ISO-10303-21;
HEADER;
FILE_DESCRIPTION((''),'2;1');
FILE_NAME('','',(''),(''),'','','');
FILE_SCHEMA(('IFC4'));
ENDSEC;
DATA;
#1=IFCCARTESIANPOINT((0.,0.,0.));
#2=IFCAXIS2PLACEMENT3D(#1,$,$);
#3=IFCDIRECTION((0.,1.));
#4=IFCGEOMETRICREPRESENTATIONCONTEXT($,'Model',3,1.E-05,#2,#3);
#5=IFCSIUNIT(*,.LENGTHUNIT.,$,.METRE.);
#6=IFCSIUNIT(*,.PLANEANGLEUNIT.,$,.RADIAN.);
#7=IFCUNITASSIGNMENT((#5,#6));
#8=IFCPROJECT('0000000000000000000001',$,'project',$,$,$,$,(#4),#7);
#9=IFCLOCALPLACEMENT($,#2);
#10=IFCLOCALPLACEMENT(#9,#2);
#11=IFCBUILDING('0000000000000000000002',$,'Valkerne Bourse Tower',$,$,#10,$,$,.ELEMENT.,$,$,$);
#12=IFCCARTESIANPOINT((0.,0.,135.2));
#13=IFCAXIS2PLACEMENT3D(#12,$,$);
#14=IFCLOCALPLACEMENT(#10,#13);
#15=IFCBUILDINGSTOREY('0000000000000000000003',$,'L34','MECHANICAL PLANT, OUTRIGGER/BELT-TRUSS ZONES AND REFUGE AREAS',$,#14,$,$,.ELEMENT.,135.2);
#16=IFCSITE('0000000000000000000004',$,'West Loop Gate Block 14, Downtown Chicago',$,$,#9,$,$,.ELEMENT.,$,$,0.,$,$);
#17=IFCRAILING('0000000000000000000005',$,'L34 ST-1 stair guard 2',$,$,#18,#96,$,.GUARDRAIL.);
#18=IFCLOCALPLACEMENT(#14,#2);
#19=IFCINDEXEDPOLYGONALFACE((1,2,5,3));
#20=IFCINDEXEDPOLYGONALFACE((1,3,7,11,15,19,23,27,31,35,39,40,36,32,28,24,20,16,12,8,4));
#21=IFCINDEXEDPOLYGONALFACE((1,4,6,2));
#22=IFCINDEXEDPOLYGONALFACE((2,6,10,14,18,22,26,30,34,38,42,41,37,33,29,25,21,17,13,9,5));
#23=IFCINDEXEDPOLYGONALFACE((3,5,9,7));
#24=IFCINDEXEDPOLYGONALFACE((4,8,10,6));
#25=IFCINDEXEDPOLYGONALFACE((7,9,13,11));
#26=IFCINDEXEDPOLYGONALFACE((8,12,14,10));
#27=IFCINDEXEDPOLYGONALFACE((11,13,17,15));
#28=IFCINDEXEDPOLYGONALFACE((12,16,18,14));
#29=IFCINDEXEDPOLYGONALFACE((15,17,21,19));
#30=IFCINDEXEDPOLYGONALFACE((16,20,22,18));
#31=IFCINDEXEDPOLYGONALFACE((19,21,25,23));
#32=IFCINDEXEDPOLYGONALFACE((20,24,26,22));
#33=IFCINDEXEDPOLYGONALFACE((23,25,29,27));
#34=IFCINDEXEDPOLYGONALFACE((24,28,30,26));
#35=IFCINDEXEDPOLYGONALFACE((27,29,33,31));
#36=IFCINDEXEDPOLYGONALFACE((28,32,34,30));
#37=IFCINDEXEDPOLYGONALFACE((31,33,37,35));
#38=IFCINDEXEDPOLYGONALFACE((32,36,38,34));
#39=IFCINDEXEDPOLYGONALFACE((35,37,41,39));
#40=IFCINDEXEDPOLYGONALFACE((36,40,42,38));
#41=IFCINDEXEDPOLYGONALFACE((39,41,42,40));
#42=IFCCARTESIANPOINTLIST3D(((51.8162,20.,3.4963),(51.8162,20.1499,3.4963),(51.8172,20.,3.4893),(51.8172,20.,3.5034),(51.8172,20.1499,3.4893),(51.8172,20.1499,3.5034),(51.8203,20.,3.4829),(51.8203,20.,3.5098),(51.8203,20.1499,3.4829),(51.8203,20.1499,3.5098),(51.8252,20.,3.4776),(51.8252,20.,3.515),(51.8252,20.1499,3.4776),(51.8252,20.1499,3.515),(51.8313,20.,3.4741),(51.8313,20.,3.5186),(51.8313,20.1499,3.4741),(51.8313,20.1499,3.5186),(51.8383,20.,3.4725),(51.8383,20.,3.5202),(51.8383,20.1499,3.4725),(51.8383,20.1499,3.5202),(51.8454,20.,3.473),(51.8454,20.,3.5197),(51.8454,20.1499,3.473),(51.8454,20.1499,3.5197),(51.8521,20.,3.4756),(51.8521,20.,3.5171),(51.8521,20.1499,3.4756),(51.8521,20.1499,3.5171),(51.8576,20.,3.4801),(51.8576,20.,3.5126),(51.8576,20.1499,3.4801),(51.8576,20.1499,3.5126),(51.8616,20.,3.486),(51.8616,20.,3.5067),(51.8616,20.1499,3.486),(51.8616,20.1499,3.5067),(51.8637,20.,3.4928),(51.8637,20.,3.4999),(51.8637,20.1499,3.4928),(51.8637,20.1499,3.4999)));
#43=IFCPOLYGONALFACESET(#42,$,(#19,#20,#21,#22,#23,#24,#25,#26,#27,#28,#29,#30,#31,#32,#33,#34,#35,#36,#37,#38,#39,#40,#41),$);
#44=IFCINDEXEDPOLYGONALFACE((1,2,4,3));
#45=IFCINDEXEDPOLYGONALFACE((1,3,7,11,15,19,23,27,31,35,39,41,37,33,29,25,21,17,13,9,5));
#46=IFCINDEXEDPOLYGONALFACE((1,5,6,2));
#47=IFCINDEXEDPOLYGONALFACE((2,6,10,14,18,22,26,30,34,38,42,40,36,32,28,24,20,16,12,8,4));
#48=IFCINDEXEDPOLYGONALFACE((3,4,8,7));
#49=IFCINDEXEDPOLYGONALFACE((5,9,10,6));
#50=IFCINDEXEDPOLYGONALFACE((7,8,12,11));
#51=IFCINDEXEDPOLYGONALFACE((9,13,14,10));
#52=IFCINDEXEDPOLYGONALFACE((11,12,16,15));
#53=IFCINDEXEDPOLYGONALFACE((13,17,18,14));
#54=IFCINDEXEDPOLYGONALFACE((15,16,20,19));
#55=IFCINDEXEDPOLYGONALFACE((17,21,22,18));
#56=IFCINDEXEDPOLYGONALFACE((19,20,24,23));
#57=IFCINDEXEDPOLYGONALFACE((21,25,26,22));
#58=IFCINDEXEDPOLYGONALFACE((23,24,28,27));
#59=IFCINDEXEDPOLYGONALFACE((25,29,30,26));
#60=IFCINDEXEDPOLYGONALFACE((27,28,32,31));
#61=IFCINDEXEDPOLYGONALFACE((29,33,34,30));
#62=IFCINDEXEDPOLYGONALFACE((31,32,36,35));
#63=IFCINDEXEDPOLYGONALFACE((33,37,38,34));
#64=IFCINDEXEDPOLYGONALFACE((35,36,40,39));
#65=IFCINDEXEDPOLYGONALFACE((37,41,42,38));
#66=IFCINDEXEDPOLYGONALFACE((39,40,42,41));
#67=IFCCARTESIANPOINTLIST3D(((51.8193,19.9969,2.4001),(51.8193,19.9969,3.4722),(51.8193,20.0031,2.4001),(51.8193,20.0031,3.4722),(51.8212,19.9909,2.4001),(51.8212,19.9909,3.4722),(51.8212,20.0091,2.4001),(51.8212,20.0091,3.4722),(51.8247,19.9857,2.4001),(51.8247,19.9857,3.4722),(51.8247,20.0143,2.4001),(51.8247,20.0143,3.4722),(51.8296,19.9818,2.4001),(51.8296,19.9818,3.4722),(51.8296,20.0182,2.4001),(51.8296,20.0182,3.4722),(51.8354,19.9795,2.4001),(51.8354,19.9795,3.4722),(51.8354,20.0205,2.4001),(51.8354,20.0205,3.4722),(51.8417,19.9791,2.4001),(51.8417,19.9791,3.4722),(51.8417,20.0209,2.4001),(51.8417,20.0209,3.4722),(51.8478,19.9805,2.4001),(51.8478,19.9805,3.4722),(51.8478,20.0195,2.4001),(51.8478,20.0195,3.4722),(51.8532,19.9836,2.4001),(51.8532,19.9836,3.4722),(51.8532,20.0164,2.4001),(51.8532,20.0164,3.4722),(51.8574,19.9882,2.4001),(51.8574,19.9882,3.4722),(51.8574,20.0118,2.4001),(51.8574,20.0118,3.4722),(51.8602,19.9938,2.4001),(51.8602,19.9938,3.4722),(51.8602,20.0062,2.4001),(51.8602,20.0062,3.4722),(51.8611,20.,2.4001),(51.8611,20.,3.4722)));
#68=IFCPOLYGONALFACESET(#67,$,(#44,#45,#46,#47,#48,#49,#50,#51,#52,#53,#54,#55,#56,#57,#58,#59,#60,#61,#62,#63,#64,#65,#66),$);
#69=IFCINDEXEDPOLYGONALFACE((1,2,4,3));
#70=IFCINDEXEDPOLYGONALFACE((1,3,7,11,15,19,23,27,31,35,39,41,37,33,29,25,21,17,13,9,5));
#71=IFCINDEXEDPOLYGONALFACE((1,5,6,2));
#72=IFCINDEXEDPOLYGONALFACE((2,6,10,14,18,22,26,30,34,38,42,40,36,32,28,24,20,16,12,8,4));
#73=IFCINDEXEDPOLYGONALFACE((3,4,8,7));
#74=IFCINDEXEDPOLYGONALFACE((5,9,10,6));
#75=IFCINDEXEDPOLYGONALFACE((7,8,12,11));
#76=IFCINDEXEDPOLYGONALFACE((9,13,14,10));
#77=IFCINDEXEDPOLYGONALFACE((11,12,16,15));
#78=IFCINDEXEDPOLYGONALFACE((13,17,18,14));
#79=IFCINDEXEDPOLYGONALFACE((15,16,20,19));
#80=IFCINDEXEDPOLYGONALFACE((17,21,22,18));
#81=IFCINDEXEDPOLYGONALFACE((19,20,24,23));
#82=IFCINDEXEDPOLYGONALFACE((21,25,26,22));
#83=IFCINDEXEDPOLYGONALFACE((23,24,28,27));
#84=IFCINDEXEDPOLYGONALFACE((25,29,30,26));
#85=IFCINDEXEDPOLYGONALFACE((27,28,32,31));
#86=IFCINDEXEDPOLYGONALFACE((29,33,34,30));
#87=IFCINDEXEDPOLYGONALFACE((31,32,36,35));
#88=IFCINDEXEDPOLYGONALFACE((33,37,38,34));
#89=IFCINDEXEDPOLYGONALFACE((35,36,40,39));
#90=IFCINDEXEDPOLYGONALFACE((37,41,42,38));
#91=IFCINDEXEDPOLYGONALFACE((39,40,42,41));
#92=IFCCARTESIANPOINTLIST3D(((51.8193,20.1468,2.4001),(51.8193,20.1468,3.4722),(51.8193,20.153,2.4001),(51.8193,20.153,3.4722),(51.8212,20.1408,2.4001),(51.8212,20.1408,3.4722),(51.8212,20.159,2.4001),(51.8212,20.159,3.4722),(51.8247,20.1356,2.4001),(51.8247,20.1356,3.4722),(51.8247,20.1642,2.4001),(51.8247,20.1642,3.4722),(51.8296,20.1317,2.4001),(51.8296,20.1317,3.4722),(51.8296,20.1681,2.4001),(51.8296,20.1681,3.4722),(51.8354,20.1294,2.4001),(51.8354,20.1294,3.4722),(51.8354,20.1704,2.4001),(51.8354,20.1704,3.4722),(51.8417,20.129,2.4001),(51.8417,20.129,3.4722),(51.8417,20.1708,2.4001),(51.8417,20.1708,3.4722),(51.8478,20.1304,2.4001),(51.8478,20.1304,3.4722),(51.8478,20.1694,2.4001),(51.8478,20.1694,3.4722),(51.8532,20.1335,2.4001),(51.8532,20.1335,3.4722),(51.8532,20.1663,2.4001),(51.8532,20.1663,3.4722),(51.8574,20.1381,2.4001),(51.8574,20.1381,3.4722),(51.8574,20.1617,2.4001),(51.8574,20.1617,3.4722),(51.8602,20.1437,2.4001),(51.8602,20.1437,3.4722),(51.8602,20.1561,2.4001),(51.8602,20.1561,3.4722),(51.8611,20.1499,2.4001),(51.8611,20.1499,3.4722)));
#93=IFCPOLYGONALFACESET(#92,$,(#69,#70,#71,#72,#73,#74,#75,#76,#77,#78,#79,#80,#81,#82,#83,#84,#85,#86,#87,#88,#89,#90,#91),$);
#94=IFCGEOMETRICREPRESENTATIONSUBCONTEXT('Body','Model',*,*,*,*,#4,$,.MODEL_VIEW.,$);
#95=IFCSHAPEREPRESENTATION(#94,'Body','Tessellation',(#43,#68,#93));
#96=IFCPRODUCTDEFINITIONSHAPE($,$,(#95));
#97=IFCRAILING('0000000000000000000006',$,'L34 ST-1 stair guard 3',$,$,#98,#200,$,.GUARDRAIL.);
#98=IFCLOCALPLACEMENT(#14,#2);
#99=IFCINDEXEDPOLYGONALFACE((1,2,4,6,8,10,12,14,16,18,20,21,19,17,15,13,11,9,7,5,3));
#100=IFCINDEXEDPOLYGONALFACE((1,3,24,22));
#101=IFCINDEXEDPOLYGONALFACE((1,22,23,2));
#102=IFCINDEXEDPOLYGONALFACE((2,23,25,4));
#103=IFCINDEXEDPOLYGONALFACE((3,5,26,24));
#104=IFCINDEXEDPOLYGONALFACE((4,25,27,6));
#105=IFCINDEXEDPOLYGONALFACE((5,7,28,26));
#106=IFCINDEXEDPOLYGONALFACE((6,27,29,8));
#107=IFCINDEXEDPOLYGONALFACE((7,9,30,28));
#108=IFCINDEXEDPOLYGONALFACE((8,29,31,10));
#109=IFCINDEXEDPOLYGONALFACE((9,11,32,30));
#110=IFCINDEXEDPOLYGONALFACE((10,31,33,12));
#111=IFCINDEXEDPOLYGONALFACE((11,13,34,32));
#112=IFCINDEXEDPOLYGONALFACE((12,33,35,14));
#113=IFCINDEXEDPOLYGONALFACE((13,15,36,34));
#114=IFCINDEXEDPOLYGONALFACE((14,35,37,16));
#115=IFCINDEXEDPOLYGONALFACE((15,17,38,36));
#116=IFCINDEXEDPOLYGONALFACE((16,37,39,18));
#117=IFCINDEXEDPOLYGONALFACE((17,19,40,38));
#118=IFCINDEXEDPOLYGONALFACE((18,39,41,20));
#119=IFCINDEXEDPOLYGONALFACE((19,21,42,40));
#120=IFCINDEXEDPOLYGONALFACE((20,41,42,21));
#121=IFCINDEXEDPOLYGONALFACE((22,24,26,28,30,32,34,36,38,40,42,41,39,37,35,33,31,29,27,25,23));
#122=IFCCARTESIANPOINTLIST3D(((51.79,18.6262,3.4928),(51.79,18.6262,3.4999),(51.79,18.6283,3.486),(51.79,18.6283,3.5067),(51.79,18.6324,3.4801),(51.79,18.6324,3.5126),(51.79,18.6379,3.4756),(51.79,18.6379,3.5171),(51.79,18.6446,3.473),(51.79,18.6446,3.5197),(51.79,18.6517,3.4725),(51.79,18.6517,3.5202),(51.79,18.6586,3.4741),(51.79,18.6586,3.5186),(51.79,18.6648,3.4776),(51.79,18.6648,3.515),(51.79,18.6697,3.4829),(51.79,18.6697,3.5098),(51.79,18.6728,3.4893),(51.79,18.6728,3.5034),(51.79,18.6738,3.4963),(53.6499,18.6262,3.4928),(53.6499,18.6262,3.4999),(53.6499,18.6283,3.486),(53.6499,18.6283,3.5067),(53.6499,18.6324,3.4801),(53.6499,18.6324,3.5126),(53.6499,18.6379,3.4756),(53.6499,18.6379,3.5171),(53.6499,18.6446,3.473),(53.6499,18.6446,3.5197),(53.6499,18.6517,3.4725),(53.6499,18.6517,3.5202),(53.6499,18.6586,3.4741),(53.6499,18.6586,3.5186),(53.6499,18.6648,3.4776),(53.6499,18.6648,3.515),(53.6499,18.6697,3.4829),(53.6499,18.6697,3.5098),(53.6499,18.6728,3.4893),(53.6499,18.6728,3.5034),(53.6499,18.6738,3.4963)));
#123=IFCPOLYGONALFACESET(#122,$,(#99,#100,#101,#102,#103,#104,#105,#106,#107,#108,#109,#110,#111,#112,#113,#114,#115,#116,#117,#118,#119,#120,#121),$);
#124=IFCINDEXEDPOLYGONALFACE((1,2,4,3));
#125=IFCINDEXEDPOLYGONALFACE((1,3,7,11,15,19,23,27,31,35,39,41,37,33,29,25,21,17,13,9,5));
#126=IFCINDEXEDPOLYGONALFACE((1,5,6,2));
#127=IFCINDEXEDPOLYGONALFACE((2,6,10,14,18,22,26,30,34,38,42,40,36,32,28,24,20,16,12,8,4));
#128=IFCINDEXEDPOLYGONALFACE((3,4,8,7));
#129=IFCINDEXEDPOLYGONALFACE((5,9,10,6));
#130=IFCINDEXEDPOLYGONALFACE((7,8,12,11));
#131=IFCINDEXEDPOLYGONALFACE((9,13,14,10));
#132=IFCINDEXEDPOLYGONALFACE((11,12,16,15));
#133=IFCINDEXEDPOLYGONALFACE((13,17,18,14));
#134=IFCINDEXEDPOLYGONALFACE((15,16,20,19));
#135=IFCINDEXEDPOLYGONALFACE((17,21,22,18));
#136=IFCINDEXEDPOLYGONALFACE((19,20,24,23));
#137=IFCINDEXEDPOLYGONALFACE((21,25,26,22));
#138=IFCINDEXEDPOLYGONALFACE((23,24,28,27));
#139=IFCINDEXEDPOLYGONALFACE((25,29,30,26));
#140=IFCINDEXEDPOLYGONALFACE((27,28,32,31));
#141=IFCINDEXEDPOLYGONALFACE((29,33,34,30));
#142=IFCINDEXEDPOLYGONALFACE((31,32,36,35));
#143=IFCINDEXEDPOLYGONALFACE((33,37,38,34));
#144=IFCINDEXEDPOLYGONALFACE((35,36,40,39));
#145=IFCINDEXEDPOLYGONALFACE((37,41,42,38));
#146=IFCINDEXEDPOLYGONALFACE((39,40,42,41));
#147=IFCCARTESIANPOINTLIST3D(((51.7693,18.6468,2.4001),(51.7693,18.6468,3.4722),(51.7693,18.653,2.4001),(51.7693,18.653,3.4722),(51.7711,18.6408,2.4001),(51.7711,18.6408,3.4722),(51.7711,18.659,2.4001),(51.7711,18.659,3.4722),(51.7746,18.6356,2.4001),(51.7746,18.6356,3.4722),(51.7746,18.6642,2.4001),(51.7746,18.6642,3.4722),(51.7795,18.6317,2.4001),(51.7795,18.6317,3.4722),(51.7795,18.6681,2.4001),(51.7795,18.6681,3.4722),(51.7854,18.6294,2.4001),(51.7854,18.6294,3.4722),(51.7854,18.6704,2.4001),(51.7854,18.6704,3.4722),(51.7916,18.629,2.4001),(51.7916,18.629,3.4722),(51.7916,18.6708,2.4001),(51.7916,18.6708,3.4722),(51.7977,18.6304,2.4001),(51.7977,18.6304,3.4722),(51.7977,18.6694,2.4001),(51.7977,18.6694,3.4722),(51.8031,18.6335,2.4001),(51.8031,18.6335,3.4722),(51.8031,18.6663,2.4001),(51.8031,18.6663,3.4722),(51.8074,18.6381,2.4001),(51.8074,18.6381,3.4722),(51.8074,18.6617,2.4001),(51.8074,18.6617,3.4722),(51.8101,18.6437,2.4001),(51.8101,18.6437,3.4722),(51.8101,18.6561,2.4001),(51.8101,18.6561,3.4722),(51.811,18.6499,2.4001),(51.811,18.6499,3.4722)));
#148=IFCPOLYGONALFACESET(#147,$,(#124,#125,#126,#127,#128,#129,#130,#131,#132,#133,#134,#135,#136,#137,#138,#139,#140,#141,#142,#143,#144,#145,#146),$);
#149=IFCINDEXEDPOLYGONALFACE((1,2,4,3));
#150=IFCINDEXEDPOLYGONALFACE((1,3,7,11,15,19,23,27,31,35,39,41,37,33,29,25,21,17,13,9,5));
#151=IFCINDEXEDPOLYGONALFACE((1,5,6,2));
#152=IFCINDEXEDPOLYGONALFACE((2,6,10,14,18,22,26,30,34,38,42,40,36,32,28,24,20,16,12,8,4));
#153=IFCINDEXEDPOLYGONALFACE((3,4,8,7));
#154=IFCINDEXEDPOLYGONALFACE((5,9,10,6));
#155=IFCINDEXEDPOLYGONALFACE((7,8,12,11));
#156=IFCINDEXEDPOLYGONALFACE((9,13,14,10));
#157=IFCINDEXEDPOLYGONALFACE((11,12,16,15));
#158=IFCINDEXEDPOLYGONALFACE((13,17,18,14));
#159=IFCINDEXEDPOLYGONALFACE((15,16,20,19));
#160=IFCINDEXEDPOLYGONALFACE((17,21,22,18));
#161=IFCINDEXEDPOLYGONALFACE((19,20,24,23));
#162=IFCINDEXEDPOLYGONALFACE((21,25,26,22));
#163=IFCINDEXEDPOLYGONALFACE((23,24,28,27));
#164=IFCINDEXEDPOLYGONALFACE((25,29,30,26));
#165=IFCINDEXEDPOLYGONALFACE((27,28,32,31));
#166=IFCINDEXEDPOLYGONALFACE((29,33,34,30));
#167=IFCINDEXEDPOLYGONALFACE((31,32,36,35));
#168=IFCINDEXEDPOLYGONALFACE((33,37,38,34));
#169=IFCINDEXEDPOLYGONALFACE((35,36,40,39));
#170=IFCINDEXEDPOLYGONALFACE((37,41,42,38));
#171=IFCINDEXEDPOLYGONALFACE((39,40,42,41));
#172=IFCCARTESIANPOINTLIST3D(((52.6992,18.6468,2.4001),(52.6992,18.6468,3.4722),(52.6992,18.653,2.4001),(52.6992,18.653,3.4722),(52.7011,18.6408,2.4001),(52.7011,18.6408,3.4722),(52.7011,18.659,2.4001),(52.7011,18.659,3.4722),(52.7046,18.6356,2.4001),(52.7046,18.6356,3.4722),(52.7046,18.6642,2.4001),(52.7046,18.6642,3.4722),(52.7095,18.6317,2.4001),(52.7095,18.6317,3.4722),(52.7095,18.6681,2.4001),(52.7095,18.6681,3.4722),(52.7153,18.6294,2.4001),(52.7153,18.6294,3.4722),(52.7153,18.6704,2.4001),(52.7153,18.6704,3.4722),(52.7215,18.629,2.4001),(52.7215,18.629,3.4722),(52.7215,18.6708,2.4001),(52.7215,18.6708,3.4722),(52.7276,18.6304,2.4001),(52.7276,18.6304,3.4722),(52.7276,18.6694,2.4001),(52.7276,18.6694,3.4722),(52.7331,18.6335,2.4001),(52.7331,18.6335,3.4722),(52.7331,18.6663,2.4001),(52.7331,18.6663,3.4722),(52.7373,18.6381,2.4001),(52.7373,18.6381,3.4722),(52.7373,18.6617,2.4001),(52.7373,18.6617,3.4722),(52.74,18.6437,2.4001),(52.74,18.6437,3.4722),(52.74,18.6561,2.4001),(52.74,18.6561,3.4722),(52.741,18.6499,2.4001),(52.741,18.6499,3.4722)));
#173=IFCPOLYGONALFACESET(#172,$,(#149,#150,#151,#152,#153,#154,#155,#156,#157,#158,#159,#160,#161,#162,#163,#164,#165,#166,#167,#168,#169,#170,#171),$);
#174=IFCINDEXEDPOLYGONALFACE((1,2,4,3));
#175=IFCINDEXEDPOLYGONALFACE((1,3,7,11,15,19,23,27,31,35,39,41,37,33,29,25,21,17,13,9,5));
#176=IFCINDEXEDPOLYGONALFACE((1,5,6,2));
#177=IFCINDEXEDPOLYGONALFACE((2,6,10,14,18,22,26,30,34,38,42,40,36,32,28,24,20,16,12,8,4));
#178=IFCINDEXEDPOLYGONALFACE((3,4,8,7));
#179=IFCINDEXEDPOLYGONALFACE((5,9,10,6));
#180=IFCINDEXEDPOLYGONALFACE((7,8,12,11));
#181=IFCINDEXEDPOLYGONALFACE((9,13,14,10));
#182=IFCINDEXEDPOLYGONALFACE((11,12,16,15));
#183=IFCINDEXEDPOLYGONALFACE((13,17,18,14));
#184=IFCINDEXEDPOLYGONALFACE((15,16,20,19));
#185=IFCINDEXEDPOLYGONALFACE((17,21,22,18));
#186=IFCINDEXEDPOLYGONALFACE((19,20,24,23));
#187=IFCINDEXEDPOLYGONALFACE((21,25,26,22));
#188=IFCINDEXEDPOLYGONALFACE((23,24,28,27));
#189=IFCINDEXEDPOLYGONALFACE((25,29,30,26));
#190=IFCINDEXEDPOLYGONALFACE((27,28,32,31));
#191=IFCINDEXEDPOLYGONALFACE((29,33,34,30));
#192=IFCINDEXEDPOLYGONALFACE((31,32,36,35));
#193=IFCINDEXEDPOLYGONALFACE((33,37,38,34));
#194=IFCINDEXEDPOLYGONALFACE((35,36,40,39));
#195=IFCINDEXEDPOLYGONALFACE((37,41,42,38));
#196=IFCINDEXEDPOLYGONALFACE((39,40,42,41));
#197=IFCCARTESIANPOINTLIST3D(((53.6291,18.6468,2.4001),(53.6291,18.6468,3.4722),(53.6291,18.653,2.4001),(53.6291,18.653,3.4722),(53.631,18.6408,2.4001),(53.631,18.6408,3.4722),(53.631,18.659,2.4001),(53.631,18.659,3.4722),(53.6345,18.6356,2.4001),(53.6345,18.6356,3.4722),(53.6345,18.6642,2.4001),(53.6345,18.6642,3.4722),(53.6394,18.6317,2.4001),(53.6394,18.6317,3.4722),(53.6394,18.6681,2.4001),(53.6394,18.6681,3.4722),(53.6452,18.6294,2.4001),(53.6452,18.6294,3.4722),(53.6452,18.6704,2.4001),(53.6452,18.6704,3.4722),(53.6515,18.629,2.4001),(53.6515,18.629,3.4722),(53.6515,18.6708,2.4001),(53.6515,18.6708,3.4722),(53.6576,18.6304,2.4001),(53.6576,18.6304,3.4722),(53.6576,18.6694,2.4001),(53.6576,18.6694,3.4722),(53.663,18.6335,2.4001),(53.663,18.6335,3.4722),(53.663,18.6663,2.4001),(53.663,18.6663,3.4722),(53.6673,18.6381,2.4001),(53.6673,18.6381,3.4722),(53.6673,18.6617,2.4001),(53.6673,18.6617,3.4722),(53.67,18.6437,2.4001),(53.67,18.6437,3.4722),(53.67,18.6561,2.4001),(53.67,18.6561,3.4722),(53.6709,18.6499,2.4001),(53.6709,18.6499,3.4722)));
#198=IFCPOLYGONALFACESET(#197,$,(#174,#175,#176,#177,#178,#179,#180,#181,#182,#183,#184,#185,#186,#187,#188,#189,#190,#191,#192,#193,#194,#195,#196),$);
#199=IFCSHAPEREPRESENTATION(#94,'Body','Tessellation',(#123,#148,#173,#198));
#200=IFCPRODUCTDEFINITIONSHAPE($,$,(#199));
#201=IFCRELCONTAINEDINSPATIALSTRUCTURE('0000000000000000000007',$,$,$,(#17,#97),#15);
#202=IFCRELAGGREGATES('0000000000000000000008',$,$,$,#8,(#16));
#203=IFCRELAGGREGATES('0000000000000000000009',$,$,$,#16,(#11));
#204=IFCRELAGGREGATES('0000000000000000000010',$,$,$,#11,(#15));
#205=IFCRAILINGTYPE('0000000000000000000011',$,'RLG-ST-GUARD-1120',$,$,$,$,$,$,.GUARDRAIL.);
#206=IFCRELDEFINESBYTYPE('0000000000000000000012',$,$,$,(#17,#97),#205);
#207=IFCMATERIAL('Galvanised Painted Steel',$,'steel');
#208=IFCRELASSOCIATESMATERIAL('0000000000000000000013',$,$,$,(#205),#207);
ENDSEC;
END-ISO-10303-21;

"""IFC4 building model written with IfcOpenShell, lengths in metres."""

from ifc_helpers import new_model, si_unit, direction, frame, origin, origin_2d, place, context, subcontext, project, spatial, circle, extrude, material, type_object, element, save


model = new_model("IFC4")

# Units and contexts
model_context = context("Model", 3, precision=1e-05, world=origin(), true_north=direction((0.0, 1.0)))
body_context = subcontext(model_context, "Body", "Model", "MODEL_VIEW")
ifc_project = project(units=[si_unit("LENGTHUNIT", "METRE"), si_unit("PLANEANGLEUNIT", "RADIAN")], contexts=[model_context])

# Site, building, storey
site_placement = place(None, origin())
site = spatial("IfcSite", under=ifc_project, at=site_placement, Name="West Loop Gate Block 14, Downtown Chicago", CompositionType="ELEMENT", RefElevation=0.0)
building_placement = place(site_placement, origin())
building = spatial("IfcBuilding", under=site, at=building_placement, Name="Valkerne Bourse Tower", CompositionType="ELEMENT")
storey_placement = place(building_placement, frame((0.0, 0.0, 135.2)))
storey = spatial("IfcBuildingStorey", under=building, at=storey_placement, Name="L34", Description="MECHANICAL PLANT, OUTRIGGER/BELT-TRUSS ZONES AND REFUGE AREAS", CompositionType="ELEMENT", Elevation=135.2)

# Shared definitions
ifc_material_1 = material(Name="Galvanised Painted Steel", Category="steel")

# Railings
railing_type_1 = type_object("IfcRailingType", Name="RLG-ST-GUARD-1120", PredefinedType="GUARDRAIL", material=ifc_material_1)
railing_1_placement = place(storey_placement, frame((51.8401, 20.0, 2.4001)))
element("IfcRailing", 1, at=railing_1_placement, inside=storey, type_object=railing_type_1, Name="L34 ST-1 stair guard 2", PredefinedType="GUARDRAIL", context=body_context, shape_type="SweptSolid", body=[
    extrude(circle(Radius=0.0239, at=origin_2d()), frame((0.0, 0.0, 1.0962), z_axis=(0.0, 1.0, 0.0), x_axis=(-1.0, 0.0, 0.0)), (0.0, 0.0, 1.0), 0.1499),
    extrude(circle(Radius=0.021, at=origin_2d()), origin(), (0.0, 0.0, 1.0), 1.072),
    extrude(circle(Radius=0.021, at=origin_2d()), frame((0.0, 0.1499, 0.0)), (0.0, 0.0, 1.0), 1.072),
])
railing_2_placement = place(storey_placement, frame((51.79, 18.6499, 2.4001)))
element("IfcRailing", 2, at=railing_2_placement, inside=storey, type_object=railing_type_1, Name="L34 ST-1 stair guard 3", PredefinedType="GUARDRAIL", context=body_context, shape_type="SweptSolid", body=[
    extrude(circle(Radius=0.0239, at=origin_2d()), frame((0.0, 0.0, 1.0962), z_axis=(1.0, 0.0, 0.0), x_axis=(0.0, 1.0, 0.0)), (0.0, 0.0, 1.0), 1.8599),
    extrude(circle(Radius=0.021, at=origin_2d()), origin(), (0.0, 0.0, 1.0), 1.072),
    extrude(circle(Radius=0.021, at=origin_2d()), frame((0.9299, 0.0, 0.0)), (0.0, 0.0, 1.0), 1.072),
    extrude(circle(Radius=0.021, at=origin_2d()), frame((1.8599, 0.0, 0.0)), (0.0, 0.0, 1.0), 1.072),
])

save(model, "model.ifc")
